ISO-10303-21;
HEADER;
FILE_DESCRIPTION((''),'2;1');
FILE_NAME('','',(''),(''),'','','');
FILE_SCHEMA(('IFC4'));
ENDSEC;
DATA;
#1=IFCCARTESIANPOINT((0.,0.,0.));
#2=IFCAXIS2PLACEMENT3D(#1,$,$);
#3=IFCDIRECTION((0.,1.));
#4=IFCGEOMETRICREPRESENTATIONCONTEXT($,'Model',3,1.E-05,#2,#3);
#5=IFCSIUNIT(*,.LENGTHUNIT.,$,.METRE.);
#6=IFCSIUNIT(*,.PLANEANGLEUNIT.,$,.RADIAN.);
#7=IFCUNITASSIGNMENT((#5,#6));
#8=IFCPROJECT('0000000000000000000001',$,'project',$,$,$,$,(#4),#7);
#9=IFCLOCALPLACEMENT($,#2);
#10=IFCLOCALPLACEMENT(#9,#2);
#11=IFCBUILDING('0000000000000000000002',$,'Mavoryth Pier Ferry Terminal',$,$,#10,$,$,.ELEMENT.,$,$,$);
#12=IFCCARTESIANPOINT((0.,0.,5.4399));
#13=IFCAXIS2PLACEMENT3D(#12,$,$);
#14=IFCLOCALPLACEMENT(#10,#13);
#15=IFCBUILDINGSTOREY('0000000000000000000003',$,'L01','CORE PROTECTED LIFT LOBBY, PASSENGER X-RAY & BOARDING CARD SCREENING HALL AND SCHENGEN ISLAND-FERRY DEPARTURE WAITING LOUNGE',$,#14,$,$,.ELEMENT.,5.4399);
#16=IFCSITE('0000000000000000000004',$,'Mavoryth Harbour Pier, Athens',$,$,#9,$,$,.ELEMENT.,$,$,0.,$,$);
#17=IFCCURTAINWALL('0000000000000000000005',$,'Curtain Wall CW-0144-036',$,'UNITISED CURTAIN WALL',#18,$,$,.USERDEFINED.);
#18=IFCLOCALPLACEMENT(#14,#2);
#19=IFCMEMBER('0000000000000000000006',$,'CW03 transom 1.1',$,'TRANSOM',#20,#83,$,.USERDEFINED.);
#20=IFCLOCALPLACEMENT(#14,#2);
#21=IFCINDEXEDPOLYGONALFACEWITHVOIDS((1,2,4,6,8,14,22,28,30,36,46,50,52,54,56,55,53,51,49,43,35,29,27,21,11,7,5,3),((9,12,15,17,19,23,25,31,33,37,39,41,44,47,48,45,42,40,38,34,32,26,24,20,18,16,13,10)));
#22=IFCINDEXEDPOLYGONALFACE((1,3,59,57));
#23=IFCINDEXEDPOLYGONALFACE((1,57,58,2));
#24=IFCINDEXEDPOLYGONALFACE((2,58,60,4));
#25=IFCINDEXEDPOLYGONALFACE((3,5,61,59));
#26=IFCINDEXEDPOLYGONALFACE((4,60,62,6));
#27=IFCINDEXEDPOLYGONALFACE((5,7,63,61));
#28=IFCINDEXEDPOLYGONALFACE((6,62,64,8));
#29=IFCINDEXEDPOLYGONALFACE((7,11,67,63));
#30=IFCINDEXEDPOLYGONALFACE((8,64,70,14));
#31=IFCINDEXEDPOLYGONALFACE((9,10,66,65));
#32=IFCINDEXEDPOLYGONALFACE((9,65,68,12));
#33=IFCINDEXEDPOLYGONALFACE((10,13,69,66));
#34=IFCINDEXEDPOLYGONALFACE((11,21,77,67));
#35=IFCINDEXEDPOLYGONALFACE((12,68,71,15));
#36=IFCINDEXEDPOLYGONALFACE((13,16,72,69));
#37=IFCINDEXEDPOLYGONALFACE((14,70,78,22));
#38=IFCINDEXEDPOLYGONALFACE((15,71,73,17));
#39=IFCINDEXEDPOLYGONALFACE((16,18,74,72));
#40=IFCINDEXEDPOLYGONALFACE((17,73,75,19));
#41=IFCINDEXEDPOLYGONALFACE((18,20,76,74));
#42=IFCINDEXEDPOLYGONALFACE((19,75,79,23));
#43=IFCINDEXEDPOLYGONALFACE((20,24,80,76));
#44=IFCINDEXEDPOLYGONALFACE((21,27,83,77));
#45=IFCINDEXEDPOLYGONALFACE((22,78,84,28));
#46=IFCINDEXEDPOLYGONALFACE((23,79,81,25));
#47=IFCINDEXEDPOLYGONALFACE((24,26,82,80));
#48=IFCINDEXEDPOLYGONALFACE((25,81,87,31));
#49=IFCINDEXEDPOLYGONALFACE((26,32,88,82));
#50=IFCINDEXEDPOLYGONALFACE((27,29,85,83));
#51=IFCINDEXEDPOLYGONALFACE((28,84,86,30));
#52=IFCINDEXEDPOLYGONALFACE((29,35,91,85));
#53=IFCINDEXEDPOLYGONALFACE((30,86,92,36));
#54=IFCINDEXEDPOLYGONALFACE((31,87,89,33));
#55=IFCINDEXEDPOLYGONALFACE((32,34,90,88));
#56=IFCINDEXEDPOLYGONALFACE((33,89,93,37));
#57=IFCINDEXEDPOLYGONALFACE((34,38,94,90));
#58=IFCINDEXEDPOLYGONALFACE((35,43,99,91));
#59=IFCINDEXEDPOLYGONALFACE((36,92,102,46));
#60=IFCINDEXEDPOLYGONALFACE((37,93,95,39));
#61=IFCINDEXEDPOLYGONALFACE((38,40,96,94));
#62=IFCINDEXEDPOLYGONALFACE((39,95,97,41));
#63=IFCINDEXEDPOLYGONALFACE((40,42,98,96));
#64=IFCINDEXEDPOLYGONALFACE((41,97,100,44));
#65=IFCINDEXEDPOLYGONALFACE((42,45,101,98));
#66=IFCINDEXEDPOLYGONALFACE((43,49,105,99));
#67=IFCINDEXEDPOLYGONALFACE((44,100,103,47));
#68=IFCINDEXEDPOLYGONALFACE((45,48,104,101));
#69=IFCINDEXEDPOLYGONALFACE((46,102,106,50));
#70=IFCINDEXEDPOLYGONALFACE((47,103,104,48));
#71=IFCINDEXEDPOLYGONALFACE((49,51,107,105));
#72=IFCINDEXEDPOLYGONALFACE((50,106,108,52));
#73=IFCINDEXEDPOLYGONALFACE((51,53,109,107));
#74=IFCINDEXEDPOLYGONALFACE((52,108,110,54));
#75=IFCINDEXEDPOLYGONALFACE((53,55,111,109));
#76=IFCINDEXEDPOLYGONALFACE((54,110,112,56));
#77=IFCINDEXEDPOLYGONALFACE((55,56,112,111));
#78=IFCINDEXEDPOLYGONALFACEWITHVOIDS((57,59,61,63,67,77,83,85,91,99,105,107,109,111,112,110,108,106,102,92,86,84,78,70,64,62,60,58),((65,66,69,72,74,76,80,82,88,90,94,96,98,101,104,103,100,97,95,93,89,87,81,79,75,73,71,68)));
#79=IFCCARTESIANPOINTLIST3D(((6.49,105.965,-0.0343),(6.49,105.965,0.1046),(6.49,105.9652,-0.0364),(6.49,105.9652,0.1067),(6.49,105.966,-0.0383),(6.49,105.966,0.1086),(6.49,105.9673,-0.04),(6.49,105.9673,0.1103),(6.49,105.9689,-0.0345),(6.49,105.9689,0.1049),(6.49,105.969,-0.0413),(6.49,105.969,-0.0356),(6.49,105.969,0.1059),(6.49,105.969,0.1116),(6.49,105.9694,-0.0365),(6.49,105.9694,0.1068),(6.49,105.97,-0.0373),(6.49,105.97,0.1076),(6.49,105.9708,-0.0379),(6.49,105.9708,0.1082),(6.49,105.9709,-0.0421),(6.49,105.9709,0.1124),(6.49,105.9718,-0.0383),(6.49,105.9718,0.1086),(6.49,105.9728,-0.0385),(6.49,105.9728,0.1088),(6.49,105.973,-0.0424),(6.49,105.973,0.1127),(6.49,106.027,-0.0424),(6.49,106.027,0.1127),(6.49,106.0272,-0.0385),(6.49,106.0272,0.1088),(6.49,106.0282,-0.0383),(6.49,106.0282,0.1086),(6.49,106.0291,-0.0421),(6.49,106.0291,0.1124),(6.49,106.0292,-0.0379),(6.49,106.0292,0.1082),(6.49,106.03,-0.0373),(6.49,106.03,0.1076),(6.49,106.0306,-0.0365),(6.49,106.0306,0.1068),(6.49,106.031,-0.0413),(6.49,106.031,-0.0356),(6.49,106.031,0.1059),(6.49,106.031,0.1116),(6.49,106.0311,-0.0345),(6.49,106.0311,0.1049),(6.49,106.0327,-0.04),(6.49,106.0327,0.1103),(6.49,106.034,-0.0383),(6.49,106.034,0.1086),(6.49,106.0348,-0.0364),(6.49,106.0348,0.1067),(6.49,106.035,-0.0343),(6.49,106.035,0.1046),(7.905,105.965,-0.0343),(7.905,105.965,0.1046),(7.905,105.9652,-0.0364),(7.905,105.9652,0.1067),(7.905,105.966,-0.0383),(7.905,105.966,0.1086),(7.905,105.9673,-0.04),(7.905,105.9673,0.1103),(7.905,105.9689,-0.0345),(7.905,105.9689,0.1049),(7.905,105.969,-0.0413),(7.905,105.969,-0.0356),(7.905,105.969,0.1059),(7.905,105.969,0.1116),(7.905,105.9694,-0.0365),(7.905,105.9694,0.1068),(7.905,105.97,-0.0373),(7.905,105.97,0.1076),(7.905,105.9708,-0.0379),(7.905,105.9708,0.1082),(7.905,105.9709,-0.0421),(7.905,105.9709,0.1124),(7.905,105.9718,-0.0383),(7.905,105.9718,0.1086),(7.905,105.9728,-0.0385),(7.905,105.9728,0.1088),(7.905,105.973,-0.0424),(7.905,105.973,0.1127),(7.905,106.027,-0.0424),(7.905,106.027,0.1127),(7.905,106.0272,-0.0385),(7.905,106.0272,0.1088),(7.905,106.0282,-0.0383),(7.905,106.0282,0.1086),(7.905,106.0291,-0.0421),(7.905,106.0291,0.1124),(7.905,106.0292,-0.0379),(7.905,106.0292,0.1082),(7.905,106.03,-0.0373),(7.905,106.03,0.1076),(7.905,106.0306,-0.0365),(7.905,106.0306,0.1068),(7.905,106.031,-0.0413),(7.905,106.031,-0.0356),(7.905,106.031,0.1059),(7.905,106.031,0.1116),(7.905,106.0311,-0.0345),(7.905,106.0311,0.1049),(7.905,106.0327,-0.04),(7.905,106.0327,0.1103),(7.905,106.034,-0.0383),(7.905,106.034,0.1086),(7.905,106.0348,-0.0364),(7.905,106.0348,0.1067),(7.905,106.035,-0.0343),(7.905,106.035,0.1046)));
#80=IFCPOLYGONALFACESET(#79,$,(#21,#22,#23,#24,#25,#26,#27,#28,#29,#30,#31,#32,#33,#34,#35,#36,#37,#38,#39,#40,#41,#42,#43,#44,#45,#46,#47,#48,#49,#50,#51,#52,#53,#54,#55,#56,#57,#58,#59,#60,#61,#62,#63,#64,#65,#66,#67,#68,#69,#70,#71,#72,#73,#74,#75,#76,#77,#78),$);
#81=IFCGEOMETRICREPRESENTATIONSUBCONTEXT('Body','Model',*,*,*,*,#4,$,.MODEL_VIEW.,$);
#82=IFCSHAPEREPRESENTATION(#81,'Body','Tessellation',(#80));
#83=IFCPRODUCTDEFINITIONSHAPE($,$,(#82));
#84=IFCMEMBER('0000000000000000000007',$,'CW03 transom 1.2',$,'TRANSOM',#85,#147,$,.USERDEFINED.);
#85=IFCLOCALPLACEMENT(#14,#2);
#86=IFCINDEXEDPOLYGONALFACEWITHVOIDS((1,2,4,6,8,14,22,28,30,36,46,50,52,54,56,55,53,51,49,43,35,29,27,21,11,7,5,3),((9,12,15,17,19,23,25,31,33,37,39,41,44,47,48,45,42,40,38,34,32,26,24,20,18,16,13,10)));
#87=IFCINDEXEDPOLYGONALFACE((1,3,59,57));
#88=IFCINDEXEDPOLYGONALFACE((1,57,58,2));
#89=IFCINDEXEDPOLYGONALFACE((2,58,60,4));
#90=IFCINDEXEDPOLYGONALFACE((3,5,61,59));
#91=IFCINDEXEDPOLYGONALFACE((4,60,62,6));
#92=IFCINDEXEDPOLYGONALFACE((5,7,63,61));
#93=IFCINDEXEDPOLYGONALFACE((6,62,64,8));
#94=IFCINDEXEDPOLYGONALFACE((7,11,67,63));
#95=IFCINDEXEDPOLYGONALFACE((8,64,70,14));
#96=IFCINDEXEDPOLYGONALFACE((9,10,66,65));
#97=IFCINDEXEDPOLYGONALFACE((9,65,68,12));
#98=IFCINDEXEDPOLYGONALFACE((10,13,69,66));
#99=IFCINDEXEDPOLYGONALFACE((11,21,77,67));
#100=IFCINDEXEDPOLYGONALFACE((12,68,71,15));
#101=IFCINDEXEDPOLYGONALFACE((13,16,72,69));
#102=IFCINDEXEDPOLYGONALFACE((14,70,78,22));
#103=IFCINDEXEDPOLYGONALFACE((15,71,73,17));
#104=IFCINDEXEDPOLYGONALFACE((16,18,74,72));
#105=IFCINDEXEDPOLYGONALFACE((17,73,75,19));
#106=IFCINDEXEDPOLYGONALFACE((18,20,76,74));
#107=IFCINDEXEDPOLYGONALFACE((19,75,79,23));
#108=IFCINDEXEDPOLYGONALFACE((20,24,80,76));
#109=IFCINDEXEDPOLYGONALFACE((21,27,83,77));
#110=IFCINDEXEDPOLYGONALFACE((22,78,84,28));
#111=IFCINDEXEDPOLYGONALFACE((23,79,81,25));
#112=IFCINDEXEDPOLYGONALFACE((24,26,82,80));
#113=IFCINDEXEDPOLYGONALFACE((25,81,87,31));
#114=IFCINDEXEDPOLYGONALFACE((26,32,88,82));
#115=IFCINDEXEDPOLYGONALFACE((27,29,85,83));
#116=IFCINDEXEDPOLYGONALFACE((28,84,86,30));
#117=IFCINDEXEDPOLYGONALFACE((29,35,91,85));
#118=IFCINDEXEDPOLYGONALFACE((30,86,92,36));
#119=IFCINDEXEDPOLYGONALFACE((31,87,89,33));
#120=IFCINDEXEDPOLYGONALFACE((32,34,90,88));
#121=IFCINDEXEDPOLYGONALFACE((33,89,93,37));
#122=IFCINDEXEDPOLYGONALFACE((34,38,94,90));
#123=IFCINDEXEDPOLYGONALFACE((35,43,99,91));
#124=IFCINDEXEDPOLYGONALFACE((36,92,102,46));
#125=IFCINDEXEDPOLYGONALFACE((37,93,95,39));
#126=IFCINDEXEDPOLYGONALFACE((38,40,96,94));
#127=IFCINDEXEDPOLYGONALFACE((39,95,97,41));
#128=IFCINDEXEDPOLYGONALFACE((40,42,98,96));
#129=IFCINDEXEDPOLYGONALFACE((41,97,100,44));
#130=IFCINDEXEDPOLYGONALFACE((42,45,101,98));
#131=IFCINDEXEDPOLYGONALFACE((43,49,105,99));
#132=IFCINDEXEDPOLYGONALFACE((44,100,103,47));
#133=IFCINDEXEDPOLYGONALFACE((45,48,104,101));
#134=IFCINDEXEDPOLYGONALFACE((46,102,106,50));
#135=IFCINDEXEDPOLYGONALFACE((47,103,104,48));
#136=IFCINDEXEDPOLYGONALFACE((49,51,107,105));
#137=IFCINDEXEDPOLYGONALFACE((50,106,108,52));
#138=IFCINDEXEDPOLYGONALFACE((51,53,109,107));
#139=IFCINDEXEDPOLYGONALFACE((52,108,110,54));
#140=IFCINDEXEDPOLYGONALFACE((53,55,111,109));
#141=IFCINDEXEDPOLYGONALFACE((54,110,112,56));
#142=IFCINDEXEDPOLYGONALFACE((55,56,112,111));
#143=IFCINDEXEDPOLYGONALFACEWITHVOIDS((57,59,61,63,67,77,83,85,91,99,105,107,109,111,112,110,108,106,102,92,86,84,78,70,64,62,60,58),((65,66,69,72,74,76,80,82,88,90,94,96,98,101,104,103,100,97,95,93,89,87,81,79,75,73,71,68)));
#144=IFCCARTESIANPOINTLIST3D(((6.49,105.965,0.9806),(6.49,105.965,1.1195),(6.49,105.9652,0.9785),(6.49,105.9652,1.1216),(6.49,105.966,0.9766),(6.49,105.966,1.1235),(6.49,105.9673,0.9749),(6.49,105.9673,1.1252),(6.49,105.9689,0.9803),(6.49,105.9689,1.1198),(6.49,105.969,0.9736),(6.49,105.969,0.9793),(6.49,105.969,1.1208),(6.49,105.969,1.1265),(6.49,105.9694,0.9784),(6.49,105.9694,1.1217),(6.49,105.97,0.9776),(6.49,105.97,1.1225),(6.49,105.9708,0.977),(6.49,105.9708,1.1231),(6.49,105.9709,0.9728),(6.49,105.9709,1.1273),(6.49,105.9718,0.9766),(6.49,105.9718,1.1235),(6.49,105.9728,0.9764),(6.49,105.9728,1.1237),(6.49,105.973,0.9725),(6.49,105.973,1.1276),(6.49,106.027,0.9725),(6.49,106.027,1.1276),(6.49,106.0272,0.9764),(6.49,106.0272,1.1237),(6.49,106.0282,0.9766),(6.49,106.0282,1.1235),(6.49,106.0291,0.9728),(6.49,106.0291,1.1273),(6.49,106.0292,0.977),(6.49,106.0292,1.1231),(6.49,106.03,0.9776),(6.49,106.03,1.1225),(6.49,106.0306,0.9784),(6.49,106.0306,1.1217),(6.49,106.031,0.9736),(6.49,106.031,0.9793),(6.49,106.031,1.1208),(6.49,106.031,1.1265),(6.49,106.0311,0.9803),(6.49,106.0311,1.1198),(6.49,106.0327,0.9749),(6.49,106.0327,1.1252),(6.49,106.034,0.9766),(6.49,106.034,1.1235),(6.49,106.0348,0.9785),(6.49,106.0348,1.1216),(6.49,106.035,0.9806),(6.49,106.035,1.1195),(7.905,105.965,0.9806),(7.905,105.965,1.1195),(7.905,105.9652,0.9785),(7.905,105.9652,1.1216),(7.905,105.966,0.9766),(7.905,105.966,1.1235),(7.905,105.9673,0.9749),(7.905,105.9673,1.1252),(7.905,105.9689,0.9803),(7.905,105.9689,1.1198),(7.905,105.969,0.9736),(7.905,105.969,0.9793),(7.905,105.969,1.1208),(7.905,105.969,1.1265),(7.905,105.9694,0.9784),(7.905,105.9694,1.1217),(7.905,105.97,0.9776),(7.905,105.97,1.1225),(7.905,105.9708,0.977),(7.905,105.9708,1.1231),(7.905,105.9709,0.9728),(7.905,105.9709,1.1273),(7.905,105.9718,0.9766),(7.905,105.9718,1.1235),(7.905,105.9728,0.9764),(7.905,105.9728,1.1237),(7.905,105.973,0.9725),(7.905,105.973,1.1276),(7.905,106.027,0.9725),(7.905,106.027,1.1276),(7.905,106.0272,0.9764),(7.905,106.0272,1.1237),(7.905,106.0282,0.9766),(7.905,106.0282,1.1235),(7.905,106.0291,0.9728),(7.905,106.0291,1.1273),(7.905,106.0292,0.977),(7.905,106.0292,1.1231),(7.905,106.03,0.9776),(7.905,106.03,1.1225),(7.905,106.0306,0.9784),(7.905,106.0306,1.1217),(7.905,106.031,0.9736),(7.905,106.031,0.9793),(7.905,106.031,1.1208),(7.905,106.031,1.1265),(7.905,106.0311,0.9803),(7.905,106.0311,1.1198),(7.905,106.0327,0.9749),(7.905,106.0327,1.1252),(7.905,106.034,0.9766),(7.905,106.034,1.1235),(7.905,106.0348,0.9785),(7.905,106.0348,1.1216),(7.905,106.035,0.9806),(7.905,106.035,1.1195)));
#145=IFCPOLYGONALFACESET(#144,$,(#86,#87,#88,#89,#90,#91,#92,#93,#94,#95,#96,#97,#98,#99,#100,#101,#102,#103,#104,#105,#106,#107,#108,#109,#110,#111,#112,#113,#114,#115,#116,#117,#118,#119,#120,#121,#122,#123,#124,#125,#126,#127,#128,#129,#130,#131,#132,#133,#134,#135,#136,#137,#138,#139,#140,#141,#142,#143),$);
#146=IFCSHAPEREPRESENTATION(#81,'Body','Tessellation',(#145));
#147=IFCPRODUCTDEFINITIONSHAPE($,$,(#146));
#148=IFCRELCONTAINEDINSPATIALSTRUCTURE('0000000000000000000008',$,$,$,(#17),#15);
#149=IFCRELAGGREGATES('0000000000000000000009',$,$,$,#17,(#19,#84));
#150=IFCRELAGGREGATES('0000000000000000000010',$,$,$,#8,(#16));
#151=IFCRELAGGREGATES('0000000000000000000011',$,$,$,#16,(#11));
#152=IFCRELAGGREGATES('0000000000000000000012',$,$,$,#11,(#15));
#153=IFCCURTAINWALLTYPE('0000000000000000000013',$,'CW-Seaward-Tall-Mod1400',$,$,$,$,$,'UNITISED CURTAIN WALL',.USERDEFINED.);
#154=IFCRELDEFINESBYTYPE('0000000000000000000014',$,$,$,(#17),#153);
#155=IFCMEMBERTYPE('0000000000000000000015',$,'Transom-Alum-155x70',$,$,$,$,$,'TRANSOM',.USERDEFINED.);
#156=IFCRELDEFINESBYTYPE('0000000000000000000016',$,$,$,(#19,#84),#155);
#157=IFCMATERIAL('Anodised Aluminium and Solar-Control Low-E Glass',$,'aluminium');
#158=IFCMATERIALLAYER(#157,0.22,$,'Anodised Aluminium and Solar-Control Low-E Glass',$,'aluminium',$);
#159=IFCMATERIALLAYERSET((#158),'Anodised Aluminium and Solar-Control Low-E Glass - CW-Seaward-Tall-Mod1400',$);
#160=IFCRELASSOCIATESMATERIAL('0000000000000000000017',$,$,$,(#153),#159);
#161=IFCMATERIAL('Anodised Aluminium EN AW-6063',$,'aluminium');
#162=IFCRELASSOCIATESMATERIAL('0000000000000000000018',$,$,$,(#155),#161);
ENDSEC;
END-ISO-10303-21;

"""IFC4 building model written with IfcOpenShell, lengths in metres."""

from ifc_helpers import new_model, si_unit, direction, frame, origin, origin_2d, place, context, subcontext, project, spatial, hollow_rectangle, extrude, material, layer, layer_set, material_profile, profile_set, type_object, element, aggregate, save


model = new_model("IFC4")

# Units and contexts
model_context = context("Model", 3, precision=1e-05, world=origin(), true_north=direction((0.0, 1.0)))
body_context = subcontext(model_context, "Body", "Model", "MODEL_VIEW")
ifc_project = project(units=[si_unit("LENGTHUNIT", "METRE"), si_unit("PLANEANGLEUNIT", "RADIAN")], contexts=[model_context])

# Site, building, storey
site_placement = place(None, origin())
site = spatial("IfcSite", under=ifc_project, at=site_placement, Name="Mavoryth Harbour Pier, Athens", CompositionType="ELEMENT", RefElevation=0.0)
building_placement = place(site_placement, origin())
building = spatial("IfcBuilding", under=site, at=building_placement, Name="Mavoryth Pier Ferry Terminal", CompositionType="ELEMENT")
storey_placement = place(building_placement, frame((0.0, 0.0, 5.4399)))
storey = spatial("IfcBuildingStorey", under=building, at=storey_placement, Name="L01", Description="CORE PROTECTED LIFT LOBBY, PASSENGER X-RAY & BOARDING CARD SCREENING HALL AND SCHENGEN ISLAND-FERRY DEPARTURE WAITING LOUNGE", CompositionType="ELEMENT", Elevation=5.4399)

# Curtain wall
ifc_material_1 = material(Name="Anodised Aluminium and Solar-Control Low-E Glass", Category="aluminium")
ifc_layer_1 = layer(ifc_material_1, 0.22, Name="Anodised Aluminium and Solar-Control Low-E Glass", Category="aluminium")
ifc_layer_set_1 = layer_set([ifc_layer_1], Name="Anodised Aluminium and Solar-Control Low-E Glass - CW-Seaward-Tall-Mod1400")
curtain_wall_type = type_object("IfcCurtainWallType", Name="CW-Seaward-Tall-Mod1400", ElementType="UNITISED CURTAIN WALL", PredefinedType="USERDEFINED", material=ifc_layer_set_1)
curtain_wall_1_placement = place(storey_placement, origin())
curtain_wall_1 = element("IfcCurtainWall", 1, at=curtain_wall_1_placement, inside=storey, type_object=curtain_wall_type, Name="Curtain Wall CW-0144-036", ObjectType="UNITISED CURTAIN WALL", PredefinedType="USERDEFINED")
ifc_material_2 = material(Name="Anodised Aluminium EN AW-6063", Category="aluminium")

# Members
ifc_material_profile_1 = material_profile(ifc_material_2, hollow_rectangle(XDim=0.0701, YDim=0.155, WallThickness=0.0039, InnerFilletRadius=0.0039, OuterFilletRadius=0.0081, at=origin_2d()), Name="AL-TRAN 155x70x4", Category="aluminium")
ifc_profile_set_1 = profile_set([ifc_material_profile_1], Name="Anodised Aluminium EN AW-6063 - AL-TRAN 155x70x4")
member_type_1 = type_object("IfcMemberType", Name="Transom-Alum-155x70", ElementType="TRANSOM", PredefinedType="USERDEFINED", material=ifc_profile_set_1)
member_1_placement = place(storey_placement, frame((7.905, 106.0, 0.0352), z_axis=(-1.0, 0.0, 0.0), x_axis=(0.0, -1.0, 0.0)))
member_1 = element("IfcMember", 2, at=member_1_placement, type_object=member_type_1, Name="CW03 transom 1.1", ObjectType="TRANSOM", PredefinedType="USERDEFINED", context=body_context, shape_type="SweptSolid", body=[
    extrude(hollow_rectangle(XDim=0.0701, YDim=0.155, WallThickness=0.0039, InnerFilletRadius=0.0039, OuterFilletRadius=0.0081, at=origin_2d()), origin(), (0.0, 0.0, 1.0), 1.415),
])
member_2_placement = place(storey_placement, frame((7.905, 106.0, 1.05), z_axis=(-1.0, 0.0, 0.0), x_axis=(0.0, -1.0, 0.0)))
member_2 = element("IfcMember", 3, at=member_2_placement, type_object=member_type_1, Name="CW03 transom 1.2", ObjectType="TRANSOM", PredefinedType="USERDEFINED", context=body_context, shape_type="SweptSolid", body=[
    extrude(hollow_rectangle(XDim=0.0701, YDim=0.155, WallThickness=0.0039, InnerFilletRadius=0.0039, OuterFilletRadius=0.0081, at=origin_2d()), origin(), (0.0, 0.0, 1.0), 1.415),
])

aggregate(curtain_wall_1, [member_1, member_2])

save(model, "model.ifc")
